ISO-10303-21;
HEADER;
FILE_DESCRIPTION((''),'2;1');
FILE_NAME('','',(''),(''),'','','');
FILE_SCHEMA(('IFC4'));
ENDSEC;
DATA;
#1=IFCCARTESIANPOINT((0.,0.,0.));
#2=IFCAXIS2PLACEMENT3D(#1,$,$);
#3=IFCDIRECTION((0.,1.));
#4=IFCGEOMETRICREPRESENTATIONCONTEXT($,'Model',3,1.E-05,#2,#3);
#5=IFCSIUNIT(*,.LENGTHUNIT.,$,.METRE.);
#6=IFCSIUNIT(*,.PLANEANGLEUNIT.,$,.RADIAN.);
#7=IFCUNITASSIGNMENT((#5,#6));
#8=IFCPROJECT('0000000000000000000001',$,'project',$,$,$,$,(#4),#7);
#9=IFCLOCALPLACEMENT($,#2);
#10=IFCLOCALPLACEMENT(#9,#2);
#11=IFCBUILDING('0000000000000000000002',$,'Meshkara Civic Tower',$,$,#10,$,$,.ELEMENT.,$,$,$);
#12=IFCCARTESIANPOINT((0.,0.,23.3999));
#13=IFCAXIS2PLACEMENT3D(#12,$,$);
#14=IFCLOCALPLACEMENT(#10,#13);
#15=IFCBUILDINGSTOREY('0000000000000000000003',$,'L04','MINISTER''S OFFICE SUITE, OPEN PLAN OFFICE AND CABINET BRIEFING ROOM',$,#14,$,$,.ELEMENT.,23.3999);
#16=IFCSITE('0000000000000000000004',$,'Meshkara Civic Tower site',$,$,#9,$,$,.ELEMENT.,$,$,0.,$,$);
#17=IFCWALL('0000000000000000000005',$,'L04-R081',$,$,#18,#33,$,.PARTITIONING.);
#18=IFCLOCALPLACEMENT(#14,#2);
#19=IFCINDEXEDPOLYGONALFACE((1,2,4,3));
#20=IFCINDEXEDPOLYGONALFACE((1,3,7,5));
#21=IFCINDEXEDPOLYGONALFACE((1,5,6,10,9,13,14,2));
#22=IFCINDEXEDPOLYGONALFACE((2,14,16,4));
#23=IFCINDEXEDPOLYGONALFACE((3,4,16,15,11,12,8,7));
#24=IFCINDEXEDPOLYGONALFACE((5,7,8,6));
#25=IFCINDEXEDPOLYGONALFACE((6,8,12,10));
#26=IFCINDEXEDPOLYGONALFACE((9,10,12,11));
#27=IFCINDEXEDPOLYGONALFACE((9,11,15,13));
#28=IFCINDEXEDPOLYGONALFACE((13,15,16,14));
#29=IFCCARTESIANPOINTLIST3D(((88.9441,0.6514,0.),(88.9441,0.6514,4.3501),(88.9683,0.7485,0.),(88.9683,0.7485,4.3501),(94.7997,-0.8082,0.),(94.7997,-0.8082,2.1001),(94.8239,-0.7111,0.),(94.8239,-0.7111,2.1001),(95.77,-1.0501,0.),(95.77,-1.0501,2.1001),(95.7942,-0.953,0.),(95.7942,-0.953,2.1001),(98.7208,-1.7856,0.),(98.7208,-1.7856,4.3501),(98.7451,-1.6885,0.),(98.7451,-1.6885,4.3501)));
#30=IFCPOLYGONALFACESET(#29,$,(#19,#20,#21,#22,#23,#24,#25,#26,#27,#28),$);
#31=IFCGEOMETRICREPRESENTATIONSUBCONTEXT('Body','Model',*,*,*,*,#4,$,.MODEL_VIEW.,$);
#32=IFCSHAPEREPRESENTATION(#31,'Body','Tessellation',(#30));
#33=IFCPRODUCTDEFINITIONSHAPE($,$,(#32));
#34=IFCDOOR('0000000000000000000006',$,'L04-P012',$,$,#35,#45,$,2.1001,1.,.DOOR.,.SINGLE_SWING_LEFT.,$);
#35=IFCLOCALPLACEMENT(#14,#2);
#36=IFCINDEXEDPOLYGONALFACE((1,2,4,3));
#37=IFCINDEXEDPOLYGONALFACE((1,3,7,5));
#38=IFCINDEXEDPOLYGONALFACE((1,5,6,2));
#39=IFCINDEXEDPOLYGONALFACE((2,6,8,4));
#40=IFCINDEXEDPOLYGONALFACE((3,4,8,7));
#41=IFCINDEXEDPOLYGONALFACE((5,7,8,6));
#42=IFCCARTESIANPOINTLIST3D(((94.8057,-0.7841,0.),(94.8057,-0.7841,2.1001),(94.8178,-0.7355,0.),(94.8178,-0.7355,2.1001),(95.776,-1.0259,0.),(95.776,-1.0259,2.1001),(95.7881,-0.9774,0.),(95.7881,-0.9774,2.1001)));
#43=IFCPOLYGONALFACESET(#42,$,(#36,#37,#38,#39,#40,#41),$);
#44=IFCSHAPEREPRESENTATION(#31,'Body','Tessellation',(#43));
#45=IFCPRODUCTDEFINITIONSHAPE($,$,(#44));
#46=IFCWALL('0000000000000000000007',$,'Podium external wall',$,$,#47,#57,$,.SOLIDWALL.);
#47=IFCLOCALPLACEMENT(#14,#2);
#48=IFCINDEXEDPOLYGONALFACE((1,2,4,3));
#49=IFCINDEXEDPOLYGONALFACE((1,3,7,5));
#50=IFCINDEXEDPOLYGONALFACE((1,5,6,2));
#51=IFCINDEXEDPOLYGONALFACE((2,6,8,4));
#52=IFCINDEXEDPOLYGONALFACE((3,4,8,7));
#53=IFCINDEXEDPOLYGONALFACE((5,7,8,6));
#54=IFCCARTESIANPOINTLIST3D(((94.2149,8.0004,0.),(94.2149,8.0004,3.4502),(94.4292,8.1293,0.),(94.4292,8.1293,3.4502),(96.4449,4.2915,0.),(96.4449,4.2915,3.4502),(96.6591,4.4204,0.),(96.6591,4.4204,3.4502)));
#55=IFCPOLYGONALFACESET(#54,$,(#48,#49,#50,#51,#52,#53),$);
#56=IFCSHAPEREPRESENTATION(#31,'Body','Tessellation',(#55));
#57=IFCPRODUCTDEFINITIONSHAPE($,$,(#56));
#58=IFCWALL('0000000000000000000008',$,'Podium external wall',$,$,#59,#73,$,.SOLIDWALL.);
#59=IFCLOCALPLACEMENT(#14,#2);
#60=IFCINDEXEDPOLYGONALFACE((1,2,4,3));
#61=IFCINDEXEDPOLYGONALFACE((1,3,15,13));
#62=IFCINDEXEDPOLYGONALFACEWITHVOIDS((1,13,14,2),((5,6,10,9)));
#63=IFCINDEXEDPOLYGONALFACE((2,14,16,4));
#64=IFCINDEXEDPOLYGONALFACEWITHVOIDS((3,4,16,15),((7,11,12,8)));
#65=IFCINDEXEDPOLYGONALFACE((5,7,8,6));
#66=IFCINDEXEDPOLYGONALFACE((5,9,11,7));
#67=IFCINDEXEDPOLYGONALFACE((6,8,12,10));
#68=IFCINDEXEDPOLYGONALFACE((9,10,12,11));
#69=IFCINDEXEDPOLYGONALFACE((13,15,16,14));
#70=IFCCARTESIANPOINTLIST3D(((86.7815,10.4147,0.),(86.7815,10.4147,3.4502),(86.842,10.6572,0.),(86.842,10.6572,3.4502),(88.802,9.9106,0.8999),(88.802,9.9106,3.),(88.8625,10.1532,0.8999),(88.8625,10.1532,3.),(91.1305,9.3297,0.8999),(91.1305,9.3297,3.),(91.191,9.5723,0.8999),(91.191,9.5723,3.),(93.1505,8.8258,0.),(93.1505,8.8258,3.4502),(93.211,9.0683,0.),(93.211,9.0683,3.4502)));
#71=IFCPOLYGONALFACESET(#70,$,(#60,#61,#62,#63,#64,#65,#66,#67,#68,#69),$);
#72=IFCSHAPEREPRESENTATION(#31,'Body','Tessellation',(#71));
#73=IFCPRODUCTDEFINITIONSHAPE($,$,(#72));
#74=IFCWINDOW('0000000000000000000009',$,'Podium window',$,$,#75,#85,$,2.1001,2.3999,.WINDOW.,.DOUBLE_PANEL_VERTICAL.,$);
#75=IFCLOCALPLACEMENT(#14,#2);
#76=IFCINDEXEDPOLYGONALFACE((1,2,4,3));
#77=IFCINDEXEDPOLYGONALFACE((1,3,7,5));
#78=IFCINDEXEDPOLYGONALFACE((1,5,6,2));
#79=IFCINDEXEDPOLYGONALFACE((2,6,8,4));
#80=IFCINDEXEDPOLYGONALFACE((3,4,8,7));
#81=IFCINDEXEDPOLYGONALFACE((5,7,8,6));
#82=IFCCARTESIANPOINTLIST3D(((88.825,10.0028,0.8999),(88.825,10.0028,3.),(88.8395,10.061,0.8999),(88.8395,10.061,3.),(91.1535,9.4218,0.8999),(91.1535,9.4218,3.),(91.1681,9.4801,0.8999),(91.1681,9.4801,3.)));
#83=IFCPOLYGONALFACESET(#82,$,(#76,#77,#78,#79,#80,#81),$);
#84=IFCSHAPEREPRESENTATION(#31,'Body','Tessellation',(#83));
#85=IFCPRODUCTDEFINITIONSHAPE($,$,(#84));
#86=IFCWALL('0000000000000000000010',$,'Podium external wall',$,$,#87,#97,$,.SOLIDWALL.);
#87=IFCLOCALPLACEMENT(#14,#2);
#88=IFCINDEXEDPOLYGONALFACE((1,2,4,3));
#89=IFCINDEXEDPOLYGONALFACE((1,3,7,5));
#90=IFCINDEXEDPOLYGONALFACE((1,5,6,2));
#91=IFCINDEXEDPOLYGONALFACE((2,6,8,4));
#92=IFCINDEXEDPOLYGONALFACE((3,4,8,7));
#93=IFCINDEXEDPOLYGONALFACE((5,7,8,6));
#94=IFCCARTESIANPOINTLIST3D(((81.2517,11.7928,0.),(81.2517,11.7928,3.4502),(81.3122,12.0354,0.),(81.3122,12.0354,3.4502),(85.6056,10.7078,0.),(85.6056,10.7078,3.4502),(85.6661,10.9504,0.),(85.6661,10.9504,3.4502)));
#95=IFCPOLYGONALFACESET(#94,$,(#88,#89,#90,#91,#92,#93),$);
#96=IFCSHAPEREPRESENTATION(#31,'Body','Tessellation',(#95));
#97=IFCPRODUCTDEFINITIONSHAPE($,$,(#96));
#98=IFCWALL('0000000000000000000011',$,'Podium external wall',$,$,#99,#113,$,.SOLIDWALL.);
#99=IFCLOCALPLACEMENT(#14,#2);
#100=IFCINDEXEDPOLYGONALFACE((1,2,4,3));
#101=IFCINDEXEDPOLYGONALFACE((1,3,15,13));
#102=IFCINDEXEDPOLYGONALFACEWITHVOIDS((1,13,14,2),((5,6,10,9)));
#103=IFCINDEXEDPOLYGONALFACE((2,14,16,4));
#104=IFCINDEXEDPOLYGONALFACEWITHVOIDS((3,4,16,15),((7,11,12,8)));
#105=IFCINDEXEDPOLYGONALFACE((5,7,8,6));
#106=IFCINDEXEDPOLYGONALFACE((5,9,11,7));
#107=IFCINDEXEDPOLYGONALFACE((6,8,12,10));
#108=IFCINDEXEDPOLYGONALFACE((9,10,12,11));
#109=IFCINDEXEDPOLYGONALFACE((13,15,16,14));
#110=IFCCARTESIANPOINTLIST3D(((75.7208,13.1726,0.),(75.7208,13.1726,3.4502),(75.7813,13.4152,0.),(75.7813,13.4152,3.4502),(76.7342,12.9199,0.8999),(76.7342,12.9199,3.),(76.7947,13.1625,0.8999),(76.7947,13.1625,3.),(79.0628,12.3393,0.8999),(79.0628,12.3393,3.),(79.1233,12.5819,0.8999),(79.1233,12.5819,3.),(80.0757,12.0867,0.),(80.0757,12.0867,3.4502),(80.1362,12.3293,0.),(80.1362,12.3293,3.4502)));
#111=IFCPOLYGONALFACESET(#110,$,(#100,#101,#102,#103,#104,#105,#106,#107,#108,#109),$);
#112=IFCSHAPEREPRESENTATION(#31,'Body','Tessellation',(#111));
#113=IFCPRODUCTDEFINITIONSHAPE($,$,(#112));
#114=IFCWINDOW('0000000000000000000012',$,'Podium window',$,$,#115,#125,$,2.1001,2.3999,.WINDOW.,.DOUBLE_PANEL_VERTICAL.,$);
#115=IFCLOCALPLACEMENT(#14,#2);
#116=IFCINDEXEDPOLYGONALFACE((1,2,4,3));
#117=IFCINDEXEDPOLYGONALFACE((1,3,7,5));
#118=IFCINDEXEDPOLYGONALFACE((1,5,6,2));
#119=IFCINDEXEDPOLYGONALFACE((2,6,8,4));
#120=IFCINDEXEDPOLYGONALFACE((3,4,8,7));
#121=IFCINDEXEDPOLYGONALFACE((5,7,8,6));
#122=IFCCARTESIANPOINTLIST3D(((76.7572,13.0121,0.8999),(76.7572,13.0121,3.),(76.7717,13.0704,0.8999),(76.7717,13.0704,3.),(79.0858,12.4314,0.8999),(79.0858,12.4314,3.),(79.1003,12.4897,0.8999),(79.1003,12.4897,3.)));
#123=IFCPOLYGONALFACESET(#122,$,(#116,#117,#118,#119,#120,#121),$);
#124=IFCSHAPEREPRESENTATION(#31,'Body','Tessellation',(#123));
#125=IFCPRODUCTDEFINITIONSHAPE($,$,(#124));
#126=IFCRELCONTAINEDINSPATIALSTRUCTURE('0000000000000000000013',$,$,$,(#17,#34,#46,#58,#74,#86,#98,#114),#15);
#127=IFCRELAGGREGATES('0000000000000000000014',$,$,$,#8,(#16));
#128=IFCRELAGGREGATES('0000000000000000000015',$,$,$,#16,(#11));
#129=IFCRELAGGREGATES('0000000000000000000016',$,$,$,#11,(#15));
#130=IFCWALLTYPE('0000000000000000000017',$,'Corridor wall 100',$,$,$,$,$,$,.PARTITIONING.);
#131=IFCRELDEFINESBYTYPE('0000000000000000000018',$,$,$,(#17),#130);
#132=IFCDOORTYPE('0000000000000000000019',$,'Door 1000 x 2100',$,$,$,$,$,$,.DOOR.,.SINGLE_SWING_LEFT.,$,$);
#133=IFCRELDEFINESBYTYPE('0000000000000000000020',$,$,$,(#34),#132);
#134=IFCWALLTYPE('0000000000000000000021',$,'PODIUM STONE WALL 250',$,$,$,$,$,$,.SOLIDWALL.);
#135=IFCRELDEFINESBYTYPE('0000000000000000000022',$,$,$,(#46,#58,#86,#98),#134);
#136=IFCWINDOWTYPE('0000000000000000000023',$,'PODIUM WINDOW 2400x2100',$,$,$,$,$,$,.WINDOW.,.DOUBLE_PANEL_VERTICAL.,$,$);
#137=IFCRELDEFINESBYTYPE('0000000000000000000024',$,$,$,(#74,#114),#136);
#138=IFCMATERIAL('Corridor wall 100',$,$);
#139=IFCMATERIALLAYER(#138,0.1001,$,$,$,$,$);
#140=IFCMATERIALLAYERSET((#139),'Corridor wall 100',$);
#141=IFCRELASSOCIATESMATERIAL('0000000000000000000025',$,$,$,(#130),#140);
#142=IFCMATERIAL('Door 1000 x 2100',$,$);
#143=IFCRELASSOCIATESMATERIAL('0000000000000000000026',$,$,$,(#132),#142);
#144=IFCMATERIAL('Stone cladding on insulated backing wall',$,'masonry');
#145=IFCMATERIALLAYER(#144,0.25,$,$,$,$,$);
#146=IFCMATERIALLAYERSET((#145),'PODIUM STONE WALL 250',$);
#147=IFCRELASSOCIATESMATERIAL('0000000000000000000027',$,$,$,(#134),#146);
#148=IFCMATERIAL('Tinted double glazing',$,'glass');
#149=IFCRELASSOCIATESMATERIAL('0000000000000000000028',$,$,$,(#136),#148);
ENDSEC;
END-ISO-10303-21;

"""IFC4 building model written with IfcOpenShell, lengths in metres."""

from ifc_helpers import new_model, si_unit, direction, frame, frame_2d, origin, place, context, subcontext, project, spatial, rectangle, extrude, material, layer, layer_set, type_object, element, fill, save


model = new_model("IFC4")

# Units and contexts
model_context = context("Model", 3, precision=1e-05, world=origin(), true_north=direction((0.0, 1.0)))
body_context = subcontext(model_context, "Body", "Model", "MODEL_VIEW")
ifc_project = project(units=[si_unit("LENGTHUNIT", "METRE"), si_unit("PLANEANGLEUNIT", "RADIAN")], contexts=[model_context])

# Site, building, storey
site_placement = place(None, origin())
site = spatial("IfcSite", under=ifc_project, at=site_placement, Name="Meshkara Civic Tower site", CompositionType="ELEMENT", RefElevation=0.0)
building_placement = place(site_placement, origin())
building = spatial("IfcBuilding", under=site, at=building_placement, Name="Meshkara Civic Tower", CompositionType="ELEMENT")
storey_placement = place(building_placement, frame((0.0, 0.0, 23.3999)))
storey = spatial("IfcBuildingStorey", under=building, at=storey_placement, Name="L04", Description="MINISTER'S OFFICE SUITE, OPEN PLAN OFFICE AND CABINET BRIEFING ROOM", CompositionType="ELEMENT", Elevation=23.3999)

# Shared definitions
ifc_material_1 = material(Name="Corridor wall 100")
ifc_layer_1 = layer(ifc_material_1, 0.1001)
ifc_layer_set_1 = layer_set([ifc_layer_1], Name="Corridor wall 100")
wall_type_1 = type_object("IfcWallType", Name="Corridor wall 100", PredefinedType="PARTITIONING", material=ifc_layer_set_1)

# Wall, opening, door
wall_1_placement = place(storey_placement, frame((88.9561, 0.7, 0.0), z_axis=(0.0, 0.0, 1.0), x_axis=(0.97031, -0.241863, 0.0)))
wall_1 = element("IfcWall", 1, at=wall_1_placement, inside=storey, type_object=wall_type_1, Name="L04-R081", PredefinedType="PARTITIONING", context=body_context, shape_type="SweptSolid", body=[
    extrude(rectangle(XDim=10.0759, YDim=0.1001, at=frame_2d((5.0381, 0.0))), origin(), (0.0, 0.0, 1.0), 4.3501),
])
opening_1_placement = place(wall_1_placement, frame((6.0349, 0.0, 0.0)))
opening_1 = element("IfcOpeningElement", 2, at=opening_1_placement, cuts=wall_1, PredefinedType="OPENING", context=body_context, shape_type="SweptSolid", body=[
    extrude(rectangle(XDim=1.0, YDim=2.1001, at=frame_2d((0.5, 1.05))), frame((0.0, 0.0601, 0.0), z_axis=(0.0, -1.0, 0.0), x_axis=(1.0, 0.0, 0.0)), (0.0, 0.0, 1.0), 0.1201),
])
ifc_material_2 = material(Name="Door 1000 x 2100")
door_type_1 = type_object("IfcDoorType", Name="Door 1000 x 2100", OperationType="SINGLE_SWING_LEFT", PredefinedType="DOOR", material=ifc_material_2)
door_1_placement = place(opening_1_placement, origin())
door_1 = element("IfcDoor", 3, at=door_1_placement, inside=storey, type_object=door_type_1, Name="L04-P012", OperationType="SINGLE_SWING_LEFT", OverallHeight=2.1001, OverallWidth=1.0, PredefinedType="DOOR", context=body_context, shape_type="SweptSolid", body=[
    extrude(rectangle(XDim=1.0, YDim=2.1001, at=frame_2d((0.5, 1.05))), frame((0.0, 0.0249, 0.0), z_axis=(0.0, -1.0, 0.0), x_axis=(1.0, 0.0, 0.0)), (0.0, 0.0, 1.0), 0.05),
])
fill(opening_1, door_1)

# Wall
ifc_material_3 = material(Name="Stone cladding on insulated backing wall", Category="masonry")
ifc_layer_2 = layer(ifc_material_3, 0.25)
ifc_layer_set_2 = layer_set([ifc_layer_2], Name="PODIUM STONE WALL 250")
wall_type_2 = type_object("IfcWallType", Name="PODIUM STONE WALL 250", PredefinedType="SOLIDWALL", material=ifc_layer_set_2)
wall_2_placement = place(storey_placement, frame((96.552, 4.356, 0.0), z_axis=(0.0, 0.0, 1.0), x_axis=(-0.515275, 0.857025, 0.0)))
element("IfcWall", 4, at=wall_2_placement, inside=storey, type_object=wall_type_2, Name="Podium external wall", PredefinedType="SOLIDWALL", context=body_context, shape_type="SweptSolid", body=[
    extrude(rectangle(XDim=4.3276, YDim=0.25, at=frame_2d((2.1638, 0.0))), origin(), (0.0, 0.0, 1.0), 3.4502),
])

# Wall, opening, window
wall_3_placement = place(storey_placement, frame((93.1809, 8.947, 0.0), z_axis=(0.0, 0.0, 1.0), x_axis=(-0.970263, 0.242054, 0.0)))
wall_3 = element("IfcWall", 5, at=wall_3_placement, inside=storey, type_object=wall_type_2, Name="Podium external wall", PredefinedType="SOLIDWALL", context=body_context, shape_type="SweptSolid", body=[
    extrude(rectangle(XDim=6.5642, YDim=0.25, at=frame_2d((3.2822, 0.0))), origin(), (0.0, 0.0, 1.0), 3.4502),
])
opening_2_placement = place(wall_3_placement, frame((2.082, 0.0, 0.8999)))
opening_2 = element("IfcOpeningElement", 6, at=opening_2_placement, cuts=wall_3, PredefinedType="OPENING", context=body_context, shape_type="SweptSolid", body=[
    extrude(rectangle(XDim=2.3999, YDim=2.1001, at=frame_2d((1.2, 1.05))), frame((0.0, 0.135, 0.0), z_axis=(0.0, -1.0, 0.0), x_axis=(1.0, 0.0, 0.0)), (0.0, 0.0, 1.0), 0.27),
])
ifc_material_4 = material(Name="Tinted double glazing", Category="glass")
window_type = type_object("IfcWindowType", Name="PODIUM WINDOW 2400x2100", PartitioningType="DOUBLE_PANEL_VERTICAL", PredefinedType="WINDOW", material=ifc_material_4)
window_1_placement = place(opening_2_placement, origin())
window_1 = element("IfcWindow", 7, at=window_1_placement, inside=storey, type_object=window_type, Name="Podium window", OverallHeight=2.1001, OverallWidth=2.3999, PartitioningType="DOUBLE_PANEL_VERTICAL", PredefinedType="WINDOW", context=body_context, shape_type="SweptSolid", body=[
    extrude(rectangle(XDim=2.3999, YDim=2.1001, at=frame_2d((1.2, 1.05))), frame((0.0, 0.03, 0.0), z_axis=(0.0, -1.0, 0.0), x_axis=(1.0, 0.0, 0.0)), (0.0, 0.0, 1.0), 0.0601),
])
fill(opening_2, window_1)

# Wall
wall_4_placement = place(storey_placement, frame((85.636, 10.8291, 0.0), z_axis=(0.0, 0.0, 1.0), x_axis=(-0.970328, 0.241793, 0.0)))
element("IfcWall", 8, at=wall_4_placement, inside=storey, type_object=wall_type_2, Name="Podium external wall", PredefinedType="SOLIDWALL", context=body_context, shape_type="SweptSolid", body=[
    extrude(rectangle(XDim=4.4871, YDim=0.25, at=frame_2d((2.2437, 0.0))), origin(), (0.0, 0.0, 1.0), 3.4502),
])

# Wall, opening, window
wall_5_placement = place(storey_placement, frame((80.106, 12.208, 0.0), z_axis=(0.0, 0.0, 1.0), x_axis=(-0.97029, 0.241947, 0.0)))
wall_5 = element("IfcWall", 9, at=wall_5_placement, inside=storey, type_object=wall_type_2, Name="Podium external wall", PredefinedType="SOLIDWALL", context=body_context, shape_type="SweptSolid", body=[
    extrude(rectangle(XDim=4.4883, YDim=0.25, at=frame_2d((2.2441, 0.0))), origin(), (0.0, 0.0, 1.0), 3.4502),
])
opening_3_placement = place(wall_5_placement, frame((1.0439, 0.0, 0.8999)))
opening_3 = element("IfcOpeningElement", 10, at=opening_3_placement, cuts=wall_5, PredefinedType="OPENING", context=body_context, shape_type="SweptSolid", body=[
    extrude(rectangle(XDim=2.3999, YDim=2.1001, at=frame_2d((1.2, 1.05))), frame((0.0, 0.135, 0.0), z_axis=(0.0, -1.0, 0.0), x_axis=(1.0, 0.0, 0.0)), (0.0, 0.0, 1.0), 0.27),
])
window_2_placement = place(opening_3_placement, origin())
window_2 = element("IfcWindow", 11, at=window_2_placement, inside=storey, type_object=window_type, Name="Podium window", OverallHeight=2.1001, OverallWidth=2.3999, PartitioningType="DOUBLE_PANEL_VERTICAL", PredefinedType="WINDOW", context=body_context, shape_type="SweptSolid", body=[
    extrude(rectangle(XDim=2.3999, YDim=2.1001, at=frame_2d((1.2, 1.05))), frame((0.0, 0.03, 0.0), z_axis=(0.0, -1.0, 0.0), x_axis=(1.0, 0.0, 0.0)), (0.0, 0.0, 1.0), 0.0601),
])
fill(opening_3, window_2)

save(model, "model.ifc")
